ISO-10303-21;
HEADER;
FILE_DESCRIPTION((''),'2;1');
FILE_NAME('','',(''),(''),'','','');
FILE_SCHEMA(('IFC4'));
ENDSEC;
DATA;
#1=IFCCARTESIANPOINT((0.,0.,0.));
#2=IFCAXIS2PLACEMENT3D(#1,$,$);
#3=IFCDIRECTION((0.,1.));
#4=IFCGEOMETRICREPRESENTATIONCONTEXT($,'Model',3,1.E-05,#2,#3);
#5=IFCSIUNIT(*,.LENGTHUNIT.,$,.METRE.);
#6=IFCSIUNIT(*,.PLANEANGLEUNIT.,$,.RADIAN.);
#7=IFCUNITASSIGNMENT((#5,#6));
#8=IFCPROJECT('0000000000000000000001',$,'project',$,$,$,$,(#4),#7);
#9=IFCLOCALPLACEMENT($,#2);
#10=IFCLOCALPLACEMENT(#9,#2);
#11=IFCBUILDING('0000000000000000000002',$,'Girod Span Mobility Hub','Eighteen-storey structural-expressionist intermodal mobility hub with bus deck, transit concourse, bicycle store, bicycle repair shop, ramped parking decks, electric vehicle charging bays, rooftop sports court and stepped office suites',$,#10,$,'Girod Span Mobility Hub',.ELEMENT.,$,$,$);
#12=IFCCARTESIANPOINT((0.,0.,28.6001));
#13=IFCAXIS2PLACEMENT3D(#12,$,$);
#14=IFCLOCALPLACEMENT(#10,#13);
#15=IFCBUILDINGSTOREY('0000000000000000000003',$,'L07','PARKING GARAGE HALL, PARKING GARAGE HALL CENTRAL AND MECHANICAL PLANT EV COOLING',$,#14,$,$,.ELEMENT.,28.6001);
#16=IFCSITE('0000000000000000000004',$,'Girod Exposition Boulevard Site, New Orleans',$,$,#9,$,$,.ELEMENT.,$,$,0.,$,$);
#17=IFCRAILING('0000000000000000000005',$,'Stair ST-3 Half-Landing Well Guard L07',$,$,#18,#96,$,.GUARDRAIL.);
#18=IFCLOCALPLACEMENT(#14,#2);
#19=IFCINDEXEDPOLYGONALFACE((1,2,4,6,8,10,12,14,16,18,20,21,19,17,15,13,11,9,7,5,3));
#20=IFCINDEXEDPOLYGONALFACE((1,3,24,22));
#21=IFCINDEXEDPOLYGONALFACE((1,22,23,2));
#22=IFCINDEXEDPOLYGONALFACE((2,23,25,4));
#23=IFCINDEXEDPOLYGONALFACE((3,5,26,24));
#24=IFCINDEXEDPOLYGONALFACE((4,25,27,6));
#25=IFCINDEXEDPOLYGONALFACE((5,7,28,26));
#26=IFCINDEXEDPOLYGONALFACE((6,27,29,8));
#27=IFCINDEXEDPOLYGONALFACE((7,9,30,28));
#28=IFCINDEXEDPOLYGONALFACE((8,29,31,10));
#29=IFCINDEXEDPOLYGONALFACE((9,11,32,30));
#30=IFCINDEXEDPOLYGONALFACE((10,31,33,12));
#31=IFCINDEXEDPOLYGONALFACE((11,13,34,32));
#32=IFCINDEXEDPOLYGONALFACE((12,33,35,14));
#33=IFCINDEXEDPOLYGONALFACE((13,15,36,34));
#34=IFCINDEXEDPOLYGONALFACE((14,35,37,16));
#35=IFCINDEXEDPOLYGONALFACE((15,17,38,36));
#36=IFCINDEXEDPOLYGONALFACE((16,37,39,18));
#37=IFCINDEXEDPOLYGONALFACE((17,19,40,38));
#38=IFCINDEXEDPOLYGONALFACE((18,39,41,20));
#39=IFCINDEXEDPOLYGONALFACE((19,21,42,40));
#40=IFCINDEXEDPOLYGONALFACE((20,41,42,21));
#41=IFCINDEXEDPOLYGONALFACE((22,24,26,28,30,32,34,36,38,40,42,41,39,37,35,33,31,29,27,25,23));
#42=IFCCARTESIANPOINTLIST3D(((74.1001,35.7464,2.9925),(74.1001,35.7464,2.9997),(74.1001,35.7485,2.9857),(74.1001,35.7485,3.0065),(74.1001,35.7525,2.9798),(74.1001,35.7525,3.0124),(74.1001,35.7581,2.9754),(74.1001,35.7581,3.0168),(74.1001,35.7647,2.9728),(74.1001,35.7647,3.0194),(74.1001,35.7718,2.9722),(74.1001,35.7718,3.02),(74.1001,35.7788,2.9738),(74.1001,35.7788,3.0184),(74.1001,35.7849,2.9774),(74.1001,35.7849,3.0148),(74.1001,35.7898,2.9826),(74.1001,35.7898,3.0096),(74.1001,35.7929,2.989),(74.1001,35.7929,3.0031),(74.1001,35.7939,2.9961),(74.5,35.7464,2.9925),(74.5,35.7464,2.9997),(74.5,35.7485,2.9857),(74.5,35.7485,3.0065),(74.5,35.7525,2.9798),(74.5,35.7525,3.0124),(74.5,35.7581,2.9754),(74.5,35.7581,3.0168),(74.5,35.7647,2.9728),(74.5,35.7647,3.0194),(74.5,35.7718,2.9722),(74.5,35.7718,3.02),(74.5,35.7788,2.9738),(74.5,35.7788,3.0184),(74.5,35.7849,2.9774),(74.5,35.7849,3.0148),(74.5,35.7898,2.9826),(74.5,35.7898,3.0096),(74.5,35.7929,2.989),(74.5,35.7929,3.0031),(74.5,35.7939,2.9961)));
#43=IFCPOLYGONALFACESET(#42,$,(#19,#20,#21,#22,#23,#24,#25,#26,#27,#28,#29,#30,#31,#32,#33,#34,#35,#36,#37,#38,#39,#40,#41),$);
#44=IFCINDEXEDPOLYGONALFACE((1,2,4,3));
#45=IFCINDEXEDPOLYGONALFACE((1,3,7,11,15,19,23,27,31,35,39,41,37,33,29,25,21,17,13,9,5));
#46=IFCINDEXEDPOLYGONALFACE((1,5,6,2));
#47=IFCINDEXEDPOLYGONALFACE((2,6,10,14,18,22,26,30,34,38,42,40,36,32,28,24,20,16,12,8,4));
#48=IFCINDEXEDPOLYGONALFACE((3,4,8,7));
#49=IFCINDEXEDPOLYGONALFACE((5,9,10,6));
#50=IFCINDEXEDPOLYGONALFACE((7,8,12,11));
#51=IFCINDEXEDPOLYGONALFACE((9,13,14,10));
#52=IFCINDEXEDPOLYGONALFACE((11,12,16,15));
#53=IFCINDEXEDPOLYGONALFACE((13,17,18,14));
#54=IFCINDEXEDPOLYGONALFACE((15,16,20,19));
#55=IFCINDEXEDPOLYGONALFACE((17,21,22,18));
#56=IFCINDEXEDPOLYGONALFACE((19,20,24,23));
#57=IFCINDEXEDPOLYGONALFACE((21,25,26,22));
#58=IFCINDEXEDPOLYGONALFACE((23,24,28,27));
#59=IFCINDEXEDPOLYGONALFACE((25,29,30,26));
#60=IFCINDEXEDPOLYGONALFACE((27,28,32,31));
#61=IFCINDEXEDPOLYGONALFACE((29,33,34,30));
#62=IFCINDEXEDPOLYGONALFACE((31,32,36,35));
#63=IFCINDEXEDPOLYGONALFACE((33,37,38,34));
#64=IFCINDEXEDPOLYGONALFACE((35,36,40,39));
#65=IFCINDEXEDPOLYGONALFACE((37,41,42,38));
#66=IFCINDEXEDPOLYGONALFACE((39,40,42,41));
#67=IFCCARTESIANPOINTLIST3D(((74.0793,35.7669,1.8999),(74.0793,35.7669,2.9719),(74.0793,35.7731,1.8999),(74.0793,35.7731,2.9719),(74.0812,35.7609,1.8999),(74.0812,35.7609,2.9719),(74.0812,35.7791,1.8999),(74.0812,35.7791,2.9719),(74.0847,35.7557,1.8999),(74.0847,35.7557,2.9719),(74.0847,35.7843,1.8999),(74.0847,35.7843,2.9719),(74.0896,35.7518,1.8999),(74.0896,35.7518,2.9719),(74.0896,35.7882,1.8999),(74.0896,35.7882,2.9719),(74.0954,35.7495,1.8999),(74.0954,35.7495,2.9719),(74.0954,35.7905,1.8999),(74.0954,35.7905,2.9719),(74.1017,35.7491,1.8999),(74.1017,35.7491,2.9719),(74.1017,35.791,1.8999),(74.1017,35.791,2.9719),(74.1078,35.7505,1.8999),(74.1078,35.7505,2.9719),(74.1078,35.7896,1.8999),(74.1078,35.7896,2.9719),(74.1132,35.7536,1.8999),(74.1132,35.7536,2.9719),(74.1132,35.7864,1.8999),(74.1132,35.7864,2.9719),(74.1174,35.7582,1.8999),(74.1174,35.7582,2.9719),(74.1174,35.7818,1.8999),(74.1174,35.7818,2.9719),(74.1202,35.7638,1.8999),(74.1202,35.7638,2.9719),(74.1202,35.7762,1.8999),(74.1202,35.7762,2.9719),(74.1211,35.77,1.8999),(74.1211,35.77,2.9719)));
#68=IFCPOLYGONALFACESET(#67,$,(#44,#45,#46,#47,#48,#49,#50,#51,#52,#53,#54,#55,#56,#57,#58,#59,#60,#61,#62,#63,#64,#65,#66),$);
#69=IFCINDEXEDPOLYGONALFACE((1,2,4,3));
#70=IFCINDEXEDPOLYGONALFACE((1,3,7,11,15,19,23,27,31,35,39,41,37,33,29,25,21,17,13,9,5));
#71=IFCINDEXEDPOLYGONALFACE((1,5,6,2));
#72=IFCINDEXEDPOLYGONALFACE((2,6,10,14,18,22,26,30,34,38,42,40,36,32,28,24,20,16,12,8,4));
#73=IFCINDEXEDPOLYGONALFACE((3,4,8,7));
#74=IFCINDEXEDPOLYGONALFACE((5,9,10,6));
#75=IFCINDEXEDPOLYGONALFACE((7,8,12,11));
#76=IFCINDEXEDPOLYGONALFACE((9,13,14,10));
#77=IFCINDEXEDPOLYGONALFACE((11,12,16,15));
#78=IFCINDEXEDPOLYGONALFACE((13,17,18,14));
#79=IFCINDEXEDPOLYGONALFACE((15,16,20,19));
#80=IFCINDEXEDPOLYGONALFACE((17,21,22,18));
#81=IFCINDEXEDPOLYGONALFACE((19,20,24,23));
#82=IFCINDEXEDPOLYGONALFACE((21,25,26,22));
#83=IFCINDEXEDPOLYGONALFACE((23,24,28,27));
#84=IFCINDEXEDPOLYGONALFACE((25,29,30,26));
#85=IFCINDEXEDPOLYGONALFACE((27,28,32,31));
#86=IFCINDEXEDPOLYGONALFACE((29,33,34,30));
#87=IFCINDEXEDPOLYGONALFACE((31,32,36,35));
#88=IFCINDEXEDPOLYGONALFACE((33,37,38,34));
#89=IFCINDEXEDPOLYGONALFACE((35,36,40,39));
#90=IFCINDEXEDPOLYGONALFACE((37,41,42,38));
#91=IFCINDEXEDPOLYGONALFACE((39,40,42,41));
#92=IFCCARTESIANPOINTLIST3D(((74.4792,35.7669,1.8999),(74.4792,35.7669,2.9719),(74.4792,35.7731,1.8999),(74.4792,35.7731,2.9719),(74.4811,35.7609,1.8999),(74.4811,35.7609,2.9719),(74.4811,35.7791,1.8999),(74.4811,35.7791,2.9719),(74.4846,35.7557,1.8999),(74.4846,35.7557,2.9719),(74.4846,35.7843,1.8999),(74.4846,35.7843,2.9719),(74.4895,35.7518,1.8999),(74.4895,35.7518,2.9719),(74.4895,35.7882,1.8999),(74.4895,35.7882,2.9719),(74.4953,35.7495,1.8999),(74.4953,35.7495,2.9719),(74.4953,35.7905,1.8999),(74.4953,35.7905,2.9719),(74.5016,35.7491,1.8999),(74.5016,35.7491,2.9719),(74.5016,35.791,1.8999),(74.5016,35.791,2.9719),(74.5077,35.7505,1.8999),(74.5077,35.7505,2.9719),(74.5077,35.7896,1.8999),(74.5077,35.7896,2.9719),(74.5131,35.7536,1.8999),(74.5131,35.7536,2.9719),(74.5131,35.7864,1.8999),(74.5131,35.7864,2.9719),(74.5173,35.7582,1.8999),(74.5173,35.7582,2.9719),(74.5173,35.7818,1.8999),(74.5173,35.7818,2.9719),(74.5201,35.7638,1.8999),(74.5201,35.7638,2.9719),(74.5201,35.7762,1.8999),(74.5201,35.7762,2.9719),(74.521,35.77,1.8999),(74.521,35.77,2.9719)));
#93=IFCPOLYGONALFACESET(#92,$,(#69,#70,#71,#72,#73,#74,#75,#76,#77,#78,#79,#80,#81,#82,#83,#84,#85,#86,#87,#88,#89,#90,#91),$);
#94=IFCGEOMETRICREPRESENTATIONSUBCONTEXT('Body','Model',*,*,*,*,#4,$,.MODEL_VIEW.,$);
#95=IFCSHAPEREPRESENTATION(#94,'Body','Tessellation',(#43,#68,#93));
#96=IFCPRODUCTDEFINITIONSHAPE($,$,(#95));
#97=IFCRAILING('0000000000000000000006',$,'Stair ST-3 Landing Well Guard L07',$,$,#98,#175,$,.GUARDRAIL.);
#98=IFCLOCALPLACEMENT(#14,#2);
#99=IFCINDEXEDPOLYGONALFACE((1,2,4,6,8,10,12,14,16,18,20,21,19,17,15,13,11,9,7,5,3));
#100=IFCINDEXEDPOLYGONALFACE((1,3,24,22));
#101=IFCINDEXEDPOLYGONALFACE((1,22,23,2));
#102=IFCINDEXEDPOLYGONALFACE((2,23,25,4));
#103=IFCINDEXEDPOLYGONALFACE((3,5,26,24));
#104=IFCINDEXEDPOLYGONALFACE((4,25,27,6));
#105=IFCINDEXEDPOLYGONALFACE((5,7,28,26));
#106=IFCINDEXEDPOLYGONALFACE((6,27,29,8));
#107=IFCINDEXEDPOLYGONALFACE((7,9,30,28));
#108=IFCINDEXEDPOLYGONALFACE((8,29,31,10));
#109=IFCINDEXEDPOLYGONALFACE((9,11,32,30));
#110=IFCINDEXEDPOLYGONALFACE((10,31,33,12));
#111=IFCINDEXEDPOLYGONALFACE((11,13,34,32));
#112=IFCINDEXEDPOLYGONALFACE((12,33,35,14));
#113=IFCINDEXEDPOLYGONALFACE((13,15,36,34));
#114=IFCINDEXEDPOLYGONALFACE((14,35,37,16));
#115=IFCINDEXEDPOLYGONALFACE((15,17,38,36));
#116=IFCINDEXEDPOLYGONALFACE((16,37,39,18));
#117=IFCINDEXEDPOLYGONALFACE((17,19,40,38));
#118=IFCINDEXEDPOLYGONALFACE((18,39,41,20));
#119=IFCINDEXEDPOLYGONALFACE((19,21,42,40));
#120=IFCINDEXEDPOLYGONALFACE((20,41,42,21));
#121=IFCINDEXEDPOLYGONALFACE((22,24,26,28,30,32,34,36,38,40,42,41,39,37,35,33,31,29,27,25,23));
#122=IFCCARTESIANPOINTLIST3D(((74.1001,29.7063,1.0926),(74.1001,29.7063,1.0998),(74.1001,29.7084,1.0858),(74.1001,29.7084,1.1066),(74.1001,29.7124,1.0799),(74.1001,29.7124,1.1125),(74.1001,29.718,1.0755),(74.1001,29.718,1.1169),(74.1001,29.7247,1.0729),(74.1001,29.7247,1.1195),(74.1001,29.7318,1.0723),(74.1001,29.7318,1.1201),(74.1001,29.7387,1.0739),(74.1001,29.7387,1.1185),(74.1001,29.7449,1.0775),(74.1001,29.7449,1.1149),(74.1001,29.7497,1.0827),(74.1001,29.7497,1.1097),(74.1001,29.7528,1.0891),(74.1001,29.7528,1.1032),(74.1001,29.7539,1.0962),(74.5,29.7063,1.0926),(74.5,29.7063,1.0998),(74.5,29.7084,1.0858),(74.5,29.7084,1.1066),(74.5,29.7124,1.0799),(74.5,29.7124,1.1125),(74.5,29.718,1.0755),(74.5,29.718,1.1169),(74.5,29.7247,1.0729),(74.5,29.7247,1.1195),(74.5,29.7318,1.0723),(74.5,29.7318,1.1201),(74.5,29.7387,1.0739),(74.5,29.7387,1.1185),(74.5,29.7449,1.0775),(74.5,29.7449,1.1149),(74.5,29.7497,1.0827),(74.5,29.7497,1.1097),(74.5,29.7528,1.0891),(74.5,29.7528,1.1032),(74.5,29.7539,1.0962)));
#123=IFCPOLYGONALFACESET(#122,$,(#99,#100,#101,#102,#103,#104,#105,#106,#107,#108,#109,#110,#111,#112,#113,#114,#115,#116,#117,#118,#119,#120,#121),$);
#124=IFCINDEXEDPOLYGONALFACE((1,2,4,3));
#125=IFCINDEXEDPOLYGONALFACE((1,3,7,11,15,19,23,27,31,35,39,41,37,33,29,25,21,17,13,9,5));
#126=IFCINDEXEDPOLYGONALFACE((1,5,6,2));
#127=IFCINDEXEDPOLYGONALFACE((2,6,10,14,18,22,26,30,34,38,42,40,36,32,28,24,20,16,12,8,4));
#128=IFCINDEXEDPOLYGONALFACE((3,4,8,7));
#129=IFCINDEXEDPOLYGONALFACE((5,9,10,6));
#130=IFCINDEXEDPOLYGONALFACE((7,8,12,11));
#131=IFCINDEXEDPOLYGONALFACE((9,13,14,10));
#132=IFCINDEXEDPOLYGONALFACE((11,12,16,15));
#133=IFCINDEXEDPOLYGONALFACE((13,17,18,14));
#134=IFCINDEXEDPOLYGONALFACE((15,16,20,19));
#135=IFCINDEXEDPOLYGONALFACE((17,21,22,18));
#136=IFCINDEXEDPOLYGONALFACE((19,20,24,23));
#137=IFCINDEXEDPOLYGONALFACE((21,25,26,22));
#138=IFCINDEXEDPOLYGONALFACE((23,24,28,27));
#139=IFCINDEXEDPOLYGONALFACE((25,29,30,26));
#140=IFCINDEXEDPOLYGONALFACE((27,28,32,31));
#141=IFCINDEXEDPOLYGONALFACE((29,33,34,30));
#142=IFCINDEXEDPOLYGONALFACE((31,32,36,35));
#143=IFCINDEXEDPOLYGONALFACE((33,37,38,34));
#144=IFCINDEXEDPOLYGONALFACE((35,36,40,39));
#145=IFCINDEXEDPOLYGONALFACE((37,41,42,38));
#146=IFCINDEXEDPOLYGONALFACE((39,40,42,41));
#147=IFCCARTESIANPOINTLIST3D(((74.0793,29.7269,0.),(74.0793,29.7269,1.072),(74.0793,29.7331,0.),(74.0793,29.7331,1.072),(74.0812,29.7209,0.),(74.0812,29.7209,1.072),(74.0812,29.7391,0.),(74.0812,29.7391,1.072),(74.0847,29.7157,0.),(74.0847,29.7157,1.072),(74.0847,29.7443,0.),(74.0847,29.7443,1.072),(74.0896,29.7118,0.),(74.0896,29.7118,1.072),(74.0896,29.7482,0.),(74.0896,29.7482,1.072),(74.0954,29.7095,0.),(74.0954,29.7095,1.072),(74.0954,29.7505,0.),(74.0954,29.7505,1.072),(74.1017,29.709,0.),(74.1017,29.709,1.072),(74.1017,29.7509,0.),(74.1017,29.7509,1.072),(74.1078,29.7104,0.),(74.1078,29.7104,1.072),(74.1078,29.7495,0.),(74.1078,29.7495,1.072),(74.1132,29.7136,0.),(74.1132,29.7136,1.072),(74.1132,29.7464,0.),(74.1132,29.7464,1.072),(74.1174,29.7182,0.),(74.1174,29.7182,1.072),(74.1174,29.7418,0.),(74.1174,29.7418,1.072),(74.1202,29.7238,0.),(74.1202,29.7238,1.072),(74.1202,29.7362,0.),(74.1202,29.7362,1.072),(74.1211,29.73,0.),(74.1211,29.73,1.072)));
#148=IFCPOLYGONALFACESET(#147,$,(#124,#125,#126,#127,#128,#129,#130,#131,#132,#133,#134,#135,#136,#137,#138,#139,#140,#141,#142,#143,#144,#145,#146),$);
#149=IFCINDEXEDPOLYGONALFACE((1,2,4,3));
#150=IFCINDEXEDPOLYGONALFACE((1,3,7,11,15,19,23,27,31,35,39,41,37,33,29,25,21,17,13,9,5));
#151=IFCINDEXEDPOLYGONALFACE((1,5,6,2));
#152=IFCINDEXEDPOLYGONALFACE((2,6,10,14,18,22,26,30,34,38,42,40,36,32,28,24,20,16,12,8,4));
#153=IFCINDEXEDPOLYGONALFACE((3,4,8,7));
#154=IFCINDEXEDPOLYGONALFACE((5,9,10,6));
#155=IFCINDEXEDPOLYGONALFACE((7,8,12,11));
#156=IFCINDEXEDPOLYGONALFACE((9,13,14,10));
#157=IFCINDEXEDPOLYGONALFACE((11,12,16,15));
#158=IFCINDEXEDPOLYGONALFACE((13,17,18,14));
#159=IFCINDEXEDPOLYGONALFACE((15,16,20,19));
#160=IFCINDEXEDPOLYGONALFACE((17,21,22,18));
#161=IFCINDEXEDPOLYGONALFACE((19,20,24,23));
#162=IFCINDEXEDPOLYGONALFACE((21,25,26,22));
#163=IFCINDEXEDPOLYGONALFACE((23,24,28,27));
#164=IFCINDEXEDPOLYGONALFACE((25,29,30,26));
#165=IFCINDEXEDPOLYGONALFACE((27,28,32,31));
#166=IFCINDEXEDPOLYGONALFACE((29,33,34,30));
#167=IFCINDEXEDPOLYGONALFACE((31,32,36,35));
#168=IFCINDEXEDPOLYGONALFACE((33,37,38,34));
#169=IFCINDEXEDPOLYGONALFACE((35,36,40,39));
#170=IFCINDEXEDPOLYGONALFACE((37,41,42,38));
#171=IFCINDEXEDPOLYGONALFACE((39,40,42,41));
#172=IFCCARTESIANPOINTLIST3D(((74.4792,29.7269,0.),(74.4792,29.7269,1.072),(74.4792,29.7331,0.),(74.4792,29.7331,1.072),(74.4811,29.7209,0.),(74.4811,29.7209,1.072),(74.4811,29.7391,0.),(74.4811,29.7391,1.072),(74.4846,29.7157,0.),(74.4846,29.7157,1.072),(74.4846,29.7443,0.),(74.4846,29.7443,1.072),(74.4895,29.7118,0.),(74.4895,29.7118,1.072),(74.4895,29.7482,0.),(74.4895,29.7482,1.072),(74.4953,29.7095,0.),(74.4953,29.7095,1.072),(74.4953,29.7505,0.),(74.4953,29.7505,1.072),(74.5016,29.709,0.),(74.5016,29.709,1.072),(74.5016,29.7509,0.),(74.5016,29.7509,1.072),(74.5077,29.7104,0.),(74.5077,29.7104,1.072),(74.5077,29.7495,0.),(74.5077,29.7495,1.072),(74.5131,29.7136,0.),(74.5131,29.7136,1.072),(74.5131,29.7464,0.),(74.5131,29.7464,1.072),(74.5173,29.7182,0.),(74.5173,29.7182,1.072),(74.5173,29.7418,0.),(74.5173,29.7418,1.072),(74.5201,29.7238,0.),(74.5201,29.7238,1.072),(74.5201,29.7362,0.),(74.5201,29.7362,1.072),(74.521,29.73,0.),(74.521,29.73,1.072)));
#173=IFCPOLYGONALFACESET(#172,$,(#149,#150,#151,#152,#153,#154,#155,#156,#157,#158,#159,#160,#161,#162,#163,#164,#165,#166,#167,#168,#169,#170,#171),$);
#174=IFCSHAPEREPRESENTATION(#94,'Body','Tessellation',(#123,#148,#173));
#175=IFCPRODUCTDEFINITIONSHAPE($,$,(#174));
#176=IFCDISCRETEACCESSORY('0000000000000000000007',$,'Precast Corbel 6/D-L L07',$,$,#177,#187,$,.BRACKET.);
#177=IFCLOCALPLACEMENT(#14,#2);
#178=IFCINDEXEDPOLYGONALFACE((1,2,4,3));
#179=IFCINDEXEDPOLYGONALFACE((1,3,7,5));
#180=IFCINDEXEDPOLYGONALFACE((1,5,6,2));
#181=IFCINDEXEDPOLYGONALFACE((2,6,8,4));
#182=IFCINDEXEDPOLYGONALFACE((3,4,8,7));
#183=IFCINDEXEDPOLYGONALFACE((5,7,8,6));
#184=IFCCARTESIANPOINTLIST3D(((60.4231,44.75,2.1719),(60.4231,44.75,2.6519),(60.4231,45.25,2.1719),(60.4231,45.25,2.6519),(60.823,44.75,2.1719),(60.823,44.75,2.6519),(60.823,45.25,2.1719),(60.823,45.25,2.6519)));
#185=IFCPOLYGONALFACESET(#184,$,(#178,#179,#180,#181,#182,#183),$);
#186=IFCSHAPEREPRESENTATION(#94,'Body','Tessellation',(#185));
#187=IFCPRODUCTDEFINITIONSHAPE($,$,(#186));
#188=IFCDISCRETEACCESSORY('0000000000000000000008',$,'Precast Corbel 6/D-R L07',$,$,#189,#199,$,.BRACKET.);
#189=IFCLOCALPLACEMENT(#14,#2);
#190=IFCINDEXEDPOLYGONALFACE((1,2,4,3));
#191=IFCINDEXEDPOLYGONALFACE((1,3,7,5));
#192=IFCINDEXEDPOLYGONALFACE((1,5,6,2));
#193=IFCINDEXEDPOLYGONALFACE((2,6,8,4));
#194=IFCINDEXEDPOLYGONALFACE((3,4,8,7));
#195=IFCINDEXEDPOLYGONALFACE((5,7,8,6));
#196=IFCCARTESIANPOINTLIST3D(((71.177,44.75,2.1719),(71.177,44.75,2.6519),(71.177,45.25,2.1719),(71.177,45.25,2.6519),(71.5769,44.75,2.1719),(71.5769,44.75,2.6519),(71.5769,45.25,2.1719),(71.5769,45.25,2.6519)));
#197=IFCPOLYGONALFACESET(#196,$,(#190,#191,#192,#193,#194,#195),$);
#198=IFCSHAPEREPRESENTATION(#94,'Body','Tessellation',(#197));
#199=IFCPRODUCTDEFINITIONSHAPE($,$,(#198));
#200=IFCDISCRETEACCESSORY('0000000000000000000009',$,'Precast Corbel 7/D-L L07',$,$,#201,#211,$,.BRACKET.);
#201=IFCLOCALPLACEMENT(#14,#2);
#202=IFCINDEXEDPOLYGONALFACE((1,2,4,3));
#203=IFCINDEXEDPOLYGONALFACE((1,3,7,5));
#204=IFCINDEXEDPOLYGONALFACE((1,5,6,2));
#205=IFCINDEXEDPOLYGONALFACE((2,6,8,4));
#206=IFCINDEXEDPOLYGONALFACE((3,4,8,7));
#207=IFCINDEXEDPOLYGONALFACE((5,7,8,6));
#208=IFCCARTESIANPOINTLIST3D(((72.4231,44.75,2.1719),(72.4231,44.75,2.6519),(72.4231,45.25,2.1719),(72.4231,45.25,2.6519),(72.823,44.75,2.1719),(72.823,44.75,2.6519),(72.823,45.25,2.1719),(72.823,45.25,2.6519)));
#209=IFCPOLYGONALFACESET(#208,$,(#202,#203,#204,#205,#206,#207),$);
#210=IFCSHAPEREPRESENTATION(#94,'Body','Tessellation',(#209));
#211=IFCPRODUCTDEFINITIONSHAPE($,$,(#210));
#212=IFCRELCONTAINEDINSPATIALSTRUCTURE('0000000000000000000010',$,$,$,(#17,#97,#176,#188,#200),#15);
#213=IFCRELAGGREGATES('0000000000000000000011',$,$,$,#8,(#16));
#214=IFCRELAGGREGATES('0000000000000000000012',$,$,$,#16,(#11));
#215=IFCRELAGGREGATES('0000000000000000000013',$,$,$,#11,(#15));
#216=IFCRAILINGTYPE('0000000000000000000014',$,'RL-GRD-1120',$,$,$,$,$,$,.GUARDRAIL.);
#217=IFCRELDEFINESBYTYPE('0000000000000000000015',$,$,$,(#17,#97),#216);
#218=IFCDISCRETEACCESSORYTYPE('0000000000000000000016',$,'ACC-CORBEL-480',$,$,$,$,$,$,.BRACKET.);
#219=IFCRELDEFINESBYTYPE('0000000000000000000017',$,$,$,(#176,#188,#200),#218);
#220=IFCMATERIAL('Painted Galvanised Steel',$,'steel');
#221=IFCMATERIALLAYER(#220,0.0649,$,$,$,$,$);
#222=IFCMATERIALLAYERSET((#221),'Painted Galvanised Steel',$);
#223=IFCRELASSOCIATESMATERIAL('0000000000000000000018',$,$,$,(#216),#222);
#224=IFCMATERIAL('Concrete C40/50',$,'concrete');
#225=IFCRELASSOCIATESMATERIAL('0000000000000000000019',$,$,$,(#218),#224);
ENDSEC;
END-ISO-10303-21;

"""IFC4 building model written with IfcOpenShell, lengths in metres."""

from ifc_helpers import new_model, si_unit, direction, frame, origin, origin_2d, place, context, subcontext, project, spatial, rectangle, circle, extrude, material, layer, layer_set, type_object, element, save


model = new_model("IFC4")

# Units and contexts
model_context = context("Model", 3, precision=1e-05, world=origin(), true_north=direction((0.0, 1.0)))
body_context = subcontext(model_context, "Body", "Model", "MODEL_VIEW")
ifc_project = project(units=[si_unit("LENGTHUNIT", "METRE"), si_unit("PLANEANGLEUNIT", "RADIAN")], contexts=[model_context])

# Site, building, storey
site_placement = place(None, origin())
site = spatial("IfcSite", under=ifc_project, at=site_placement, Name="Girod Exposition Boulevard Site, New Orleans", CompositionType="ELEMENT", RefElevation=0.0)
building_placement = place(site_placement, origin())
building = spatial("IfcBuilding", under=site, at=building_placement, Name="Girod Span Mobility Hub", Description="Eighteen-storey structural-expressionist intermodal mobility hub with bus deck, transit concourse, bicycle store, bicycle repair shop, ramped parking decks, electric vehicle charging bays, rooftop sports court and stepped office suites", LongName="Girod Span Mobility Hub", CompositionType="ELEMENT")
storey_placement = place(building_placement, frame((0.0, 0.0, 28.6001)))
storey = spatial("IfcBuildingStorey", under=building, at=storey_placement, Name="L07", Description="PARKING GARAGE HALL, PARKING GARAGE HALL CENTRAL AND MECHANICAL PLANT EV COOLING", CompositionType="ELEMENT", Elevation=28.6001)

# Railings
ifc_material_1 = material(Name="Painted Galvanised Steel", Category="steel")
ifc_layer_1 = layer(ifc_material_1, 0.0649)
ifc_layer_set_1 = layer_set([ifc_layer_1], Name="Painted Galvanised Steel")
railing_type_1 = type_object("IfcRailingType", Name="RL-GRD-1120", PredefinedType="GUARDRAIL", material=ifc_layer_set_1)
for number, where, name in (
    (1, (74.1001, 35.77, 1.8999), "Stair ST-3 Half-Landing Well Guard L07"),
    (2, (74.1001, 29.73, 0.0), "Stair ST-3 Landing Well Guard L07"),
):
    element("IfcRailing", number, at=place(storey_placement, frame(where)), inside=storey, type_object=railing_type_1, Name=name, PredefinedType="GUARDRAIL", context=body_context, shape_type="SweptSolid", body=[
        extrude(circle(Radius=0.0239, at=origin_2d()), frame((0.0, 0.0, 1.0962), z_axis=(1.0, 0.0, 0.0), x_axis=(0.0, 1.0, 0.0)), (0.0, 0.0, 1.0), 0.3999),
        extrude(circle(Radius=0.021, at=origin_2d()), origin(), (0.0, 0.0, 1.0), 1.072),
        extrude(circle(Radius=0.021, at=origin_2d()), frame((0.3999, 0.0, 0.0)), (0.0, 0.0, 1.0), 1.072),
    ])

# Discrete accessories
ifc_material_2 = material(Name="Concrete C40/50", Category="concrete")
discrete_accessory_type = type_object("IfcDiscreteAccessoryType", Name="ACC-CORBEL-480", PredefinedType="BRACKET", material=ifc_material_2)
for number, where, z_axis, x_axis, name in (
    (3, (60.623, 45.0, 2.1719), (0.0, 0.0, 1.0), (1.0, 0.0, 0.0), "Precast Corbel 6/D-L L07"),
    (4, (71.377, 45.0, 2.1719), (0.0, 0.0, 1.0), (1.0, 0.0, 0.0), "Precast Corbel 6/D-R L07"),
    (5, (72.623, 45.0, 2.1719), (0.0, 0.0, 1.0), (1.0, 0.0, 0.0), "Precast Corbel 7/D-L L07"),
):
    element("IfcDiscreteAccessory", number, at=place(storey_placement, frame(where, z_axis=z_axis, x_axis=x_axis)), inside=storey, type_object=discrete_accessory_type, Name=name, PredefinedType="BRACKET", context=body_context, shape_type="SweptSolid", body=[
        extrude(rectangle(XDim=0.3999, YDim=0.5, at=origin_2d()), origin(), (0.0, 0.0, 1.0), 0.48),
    ])

save(model, "model.ifc")
